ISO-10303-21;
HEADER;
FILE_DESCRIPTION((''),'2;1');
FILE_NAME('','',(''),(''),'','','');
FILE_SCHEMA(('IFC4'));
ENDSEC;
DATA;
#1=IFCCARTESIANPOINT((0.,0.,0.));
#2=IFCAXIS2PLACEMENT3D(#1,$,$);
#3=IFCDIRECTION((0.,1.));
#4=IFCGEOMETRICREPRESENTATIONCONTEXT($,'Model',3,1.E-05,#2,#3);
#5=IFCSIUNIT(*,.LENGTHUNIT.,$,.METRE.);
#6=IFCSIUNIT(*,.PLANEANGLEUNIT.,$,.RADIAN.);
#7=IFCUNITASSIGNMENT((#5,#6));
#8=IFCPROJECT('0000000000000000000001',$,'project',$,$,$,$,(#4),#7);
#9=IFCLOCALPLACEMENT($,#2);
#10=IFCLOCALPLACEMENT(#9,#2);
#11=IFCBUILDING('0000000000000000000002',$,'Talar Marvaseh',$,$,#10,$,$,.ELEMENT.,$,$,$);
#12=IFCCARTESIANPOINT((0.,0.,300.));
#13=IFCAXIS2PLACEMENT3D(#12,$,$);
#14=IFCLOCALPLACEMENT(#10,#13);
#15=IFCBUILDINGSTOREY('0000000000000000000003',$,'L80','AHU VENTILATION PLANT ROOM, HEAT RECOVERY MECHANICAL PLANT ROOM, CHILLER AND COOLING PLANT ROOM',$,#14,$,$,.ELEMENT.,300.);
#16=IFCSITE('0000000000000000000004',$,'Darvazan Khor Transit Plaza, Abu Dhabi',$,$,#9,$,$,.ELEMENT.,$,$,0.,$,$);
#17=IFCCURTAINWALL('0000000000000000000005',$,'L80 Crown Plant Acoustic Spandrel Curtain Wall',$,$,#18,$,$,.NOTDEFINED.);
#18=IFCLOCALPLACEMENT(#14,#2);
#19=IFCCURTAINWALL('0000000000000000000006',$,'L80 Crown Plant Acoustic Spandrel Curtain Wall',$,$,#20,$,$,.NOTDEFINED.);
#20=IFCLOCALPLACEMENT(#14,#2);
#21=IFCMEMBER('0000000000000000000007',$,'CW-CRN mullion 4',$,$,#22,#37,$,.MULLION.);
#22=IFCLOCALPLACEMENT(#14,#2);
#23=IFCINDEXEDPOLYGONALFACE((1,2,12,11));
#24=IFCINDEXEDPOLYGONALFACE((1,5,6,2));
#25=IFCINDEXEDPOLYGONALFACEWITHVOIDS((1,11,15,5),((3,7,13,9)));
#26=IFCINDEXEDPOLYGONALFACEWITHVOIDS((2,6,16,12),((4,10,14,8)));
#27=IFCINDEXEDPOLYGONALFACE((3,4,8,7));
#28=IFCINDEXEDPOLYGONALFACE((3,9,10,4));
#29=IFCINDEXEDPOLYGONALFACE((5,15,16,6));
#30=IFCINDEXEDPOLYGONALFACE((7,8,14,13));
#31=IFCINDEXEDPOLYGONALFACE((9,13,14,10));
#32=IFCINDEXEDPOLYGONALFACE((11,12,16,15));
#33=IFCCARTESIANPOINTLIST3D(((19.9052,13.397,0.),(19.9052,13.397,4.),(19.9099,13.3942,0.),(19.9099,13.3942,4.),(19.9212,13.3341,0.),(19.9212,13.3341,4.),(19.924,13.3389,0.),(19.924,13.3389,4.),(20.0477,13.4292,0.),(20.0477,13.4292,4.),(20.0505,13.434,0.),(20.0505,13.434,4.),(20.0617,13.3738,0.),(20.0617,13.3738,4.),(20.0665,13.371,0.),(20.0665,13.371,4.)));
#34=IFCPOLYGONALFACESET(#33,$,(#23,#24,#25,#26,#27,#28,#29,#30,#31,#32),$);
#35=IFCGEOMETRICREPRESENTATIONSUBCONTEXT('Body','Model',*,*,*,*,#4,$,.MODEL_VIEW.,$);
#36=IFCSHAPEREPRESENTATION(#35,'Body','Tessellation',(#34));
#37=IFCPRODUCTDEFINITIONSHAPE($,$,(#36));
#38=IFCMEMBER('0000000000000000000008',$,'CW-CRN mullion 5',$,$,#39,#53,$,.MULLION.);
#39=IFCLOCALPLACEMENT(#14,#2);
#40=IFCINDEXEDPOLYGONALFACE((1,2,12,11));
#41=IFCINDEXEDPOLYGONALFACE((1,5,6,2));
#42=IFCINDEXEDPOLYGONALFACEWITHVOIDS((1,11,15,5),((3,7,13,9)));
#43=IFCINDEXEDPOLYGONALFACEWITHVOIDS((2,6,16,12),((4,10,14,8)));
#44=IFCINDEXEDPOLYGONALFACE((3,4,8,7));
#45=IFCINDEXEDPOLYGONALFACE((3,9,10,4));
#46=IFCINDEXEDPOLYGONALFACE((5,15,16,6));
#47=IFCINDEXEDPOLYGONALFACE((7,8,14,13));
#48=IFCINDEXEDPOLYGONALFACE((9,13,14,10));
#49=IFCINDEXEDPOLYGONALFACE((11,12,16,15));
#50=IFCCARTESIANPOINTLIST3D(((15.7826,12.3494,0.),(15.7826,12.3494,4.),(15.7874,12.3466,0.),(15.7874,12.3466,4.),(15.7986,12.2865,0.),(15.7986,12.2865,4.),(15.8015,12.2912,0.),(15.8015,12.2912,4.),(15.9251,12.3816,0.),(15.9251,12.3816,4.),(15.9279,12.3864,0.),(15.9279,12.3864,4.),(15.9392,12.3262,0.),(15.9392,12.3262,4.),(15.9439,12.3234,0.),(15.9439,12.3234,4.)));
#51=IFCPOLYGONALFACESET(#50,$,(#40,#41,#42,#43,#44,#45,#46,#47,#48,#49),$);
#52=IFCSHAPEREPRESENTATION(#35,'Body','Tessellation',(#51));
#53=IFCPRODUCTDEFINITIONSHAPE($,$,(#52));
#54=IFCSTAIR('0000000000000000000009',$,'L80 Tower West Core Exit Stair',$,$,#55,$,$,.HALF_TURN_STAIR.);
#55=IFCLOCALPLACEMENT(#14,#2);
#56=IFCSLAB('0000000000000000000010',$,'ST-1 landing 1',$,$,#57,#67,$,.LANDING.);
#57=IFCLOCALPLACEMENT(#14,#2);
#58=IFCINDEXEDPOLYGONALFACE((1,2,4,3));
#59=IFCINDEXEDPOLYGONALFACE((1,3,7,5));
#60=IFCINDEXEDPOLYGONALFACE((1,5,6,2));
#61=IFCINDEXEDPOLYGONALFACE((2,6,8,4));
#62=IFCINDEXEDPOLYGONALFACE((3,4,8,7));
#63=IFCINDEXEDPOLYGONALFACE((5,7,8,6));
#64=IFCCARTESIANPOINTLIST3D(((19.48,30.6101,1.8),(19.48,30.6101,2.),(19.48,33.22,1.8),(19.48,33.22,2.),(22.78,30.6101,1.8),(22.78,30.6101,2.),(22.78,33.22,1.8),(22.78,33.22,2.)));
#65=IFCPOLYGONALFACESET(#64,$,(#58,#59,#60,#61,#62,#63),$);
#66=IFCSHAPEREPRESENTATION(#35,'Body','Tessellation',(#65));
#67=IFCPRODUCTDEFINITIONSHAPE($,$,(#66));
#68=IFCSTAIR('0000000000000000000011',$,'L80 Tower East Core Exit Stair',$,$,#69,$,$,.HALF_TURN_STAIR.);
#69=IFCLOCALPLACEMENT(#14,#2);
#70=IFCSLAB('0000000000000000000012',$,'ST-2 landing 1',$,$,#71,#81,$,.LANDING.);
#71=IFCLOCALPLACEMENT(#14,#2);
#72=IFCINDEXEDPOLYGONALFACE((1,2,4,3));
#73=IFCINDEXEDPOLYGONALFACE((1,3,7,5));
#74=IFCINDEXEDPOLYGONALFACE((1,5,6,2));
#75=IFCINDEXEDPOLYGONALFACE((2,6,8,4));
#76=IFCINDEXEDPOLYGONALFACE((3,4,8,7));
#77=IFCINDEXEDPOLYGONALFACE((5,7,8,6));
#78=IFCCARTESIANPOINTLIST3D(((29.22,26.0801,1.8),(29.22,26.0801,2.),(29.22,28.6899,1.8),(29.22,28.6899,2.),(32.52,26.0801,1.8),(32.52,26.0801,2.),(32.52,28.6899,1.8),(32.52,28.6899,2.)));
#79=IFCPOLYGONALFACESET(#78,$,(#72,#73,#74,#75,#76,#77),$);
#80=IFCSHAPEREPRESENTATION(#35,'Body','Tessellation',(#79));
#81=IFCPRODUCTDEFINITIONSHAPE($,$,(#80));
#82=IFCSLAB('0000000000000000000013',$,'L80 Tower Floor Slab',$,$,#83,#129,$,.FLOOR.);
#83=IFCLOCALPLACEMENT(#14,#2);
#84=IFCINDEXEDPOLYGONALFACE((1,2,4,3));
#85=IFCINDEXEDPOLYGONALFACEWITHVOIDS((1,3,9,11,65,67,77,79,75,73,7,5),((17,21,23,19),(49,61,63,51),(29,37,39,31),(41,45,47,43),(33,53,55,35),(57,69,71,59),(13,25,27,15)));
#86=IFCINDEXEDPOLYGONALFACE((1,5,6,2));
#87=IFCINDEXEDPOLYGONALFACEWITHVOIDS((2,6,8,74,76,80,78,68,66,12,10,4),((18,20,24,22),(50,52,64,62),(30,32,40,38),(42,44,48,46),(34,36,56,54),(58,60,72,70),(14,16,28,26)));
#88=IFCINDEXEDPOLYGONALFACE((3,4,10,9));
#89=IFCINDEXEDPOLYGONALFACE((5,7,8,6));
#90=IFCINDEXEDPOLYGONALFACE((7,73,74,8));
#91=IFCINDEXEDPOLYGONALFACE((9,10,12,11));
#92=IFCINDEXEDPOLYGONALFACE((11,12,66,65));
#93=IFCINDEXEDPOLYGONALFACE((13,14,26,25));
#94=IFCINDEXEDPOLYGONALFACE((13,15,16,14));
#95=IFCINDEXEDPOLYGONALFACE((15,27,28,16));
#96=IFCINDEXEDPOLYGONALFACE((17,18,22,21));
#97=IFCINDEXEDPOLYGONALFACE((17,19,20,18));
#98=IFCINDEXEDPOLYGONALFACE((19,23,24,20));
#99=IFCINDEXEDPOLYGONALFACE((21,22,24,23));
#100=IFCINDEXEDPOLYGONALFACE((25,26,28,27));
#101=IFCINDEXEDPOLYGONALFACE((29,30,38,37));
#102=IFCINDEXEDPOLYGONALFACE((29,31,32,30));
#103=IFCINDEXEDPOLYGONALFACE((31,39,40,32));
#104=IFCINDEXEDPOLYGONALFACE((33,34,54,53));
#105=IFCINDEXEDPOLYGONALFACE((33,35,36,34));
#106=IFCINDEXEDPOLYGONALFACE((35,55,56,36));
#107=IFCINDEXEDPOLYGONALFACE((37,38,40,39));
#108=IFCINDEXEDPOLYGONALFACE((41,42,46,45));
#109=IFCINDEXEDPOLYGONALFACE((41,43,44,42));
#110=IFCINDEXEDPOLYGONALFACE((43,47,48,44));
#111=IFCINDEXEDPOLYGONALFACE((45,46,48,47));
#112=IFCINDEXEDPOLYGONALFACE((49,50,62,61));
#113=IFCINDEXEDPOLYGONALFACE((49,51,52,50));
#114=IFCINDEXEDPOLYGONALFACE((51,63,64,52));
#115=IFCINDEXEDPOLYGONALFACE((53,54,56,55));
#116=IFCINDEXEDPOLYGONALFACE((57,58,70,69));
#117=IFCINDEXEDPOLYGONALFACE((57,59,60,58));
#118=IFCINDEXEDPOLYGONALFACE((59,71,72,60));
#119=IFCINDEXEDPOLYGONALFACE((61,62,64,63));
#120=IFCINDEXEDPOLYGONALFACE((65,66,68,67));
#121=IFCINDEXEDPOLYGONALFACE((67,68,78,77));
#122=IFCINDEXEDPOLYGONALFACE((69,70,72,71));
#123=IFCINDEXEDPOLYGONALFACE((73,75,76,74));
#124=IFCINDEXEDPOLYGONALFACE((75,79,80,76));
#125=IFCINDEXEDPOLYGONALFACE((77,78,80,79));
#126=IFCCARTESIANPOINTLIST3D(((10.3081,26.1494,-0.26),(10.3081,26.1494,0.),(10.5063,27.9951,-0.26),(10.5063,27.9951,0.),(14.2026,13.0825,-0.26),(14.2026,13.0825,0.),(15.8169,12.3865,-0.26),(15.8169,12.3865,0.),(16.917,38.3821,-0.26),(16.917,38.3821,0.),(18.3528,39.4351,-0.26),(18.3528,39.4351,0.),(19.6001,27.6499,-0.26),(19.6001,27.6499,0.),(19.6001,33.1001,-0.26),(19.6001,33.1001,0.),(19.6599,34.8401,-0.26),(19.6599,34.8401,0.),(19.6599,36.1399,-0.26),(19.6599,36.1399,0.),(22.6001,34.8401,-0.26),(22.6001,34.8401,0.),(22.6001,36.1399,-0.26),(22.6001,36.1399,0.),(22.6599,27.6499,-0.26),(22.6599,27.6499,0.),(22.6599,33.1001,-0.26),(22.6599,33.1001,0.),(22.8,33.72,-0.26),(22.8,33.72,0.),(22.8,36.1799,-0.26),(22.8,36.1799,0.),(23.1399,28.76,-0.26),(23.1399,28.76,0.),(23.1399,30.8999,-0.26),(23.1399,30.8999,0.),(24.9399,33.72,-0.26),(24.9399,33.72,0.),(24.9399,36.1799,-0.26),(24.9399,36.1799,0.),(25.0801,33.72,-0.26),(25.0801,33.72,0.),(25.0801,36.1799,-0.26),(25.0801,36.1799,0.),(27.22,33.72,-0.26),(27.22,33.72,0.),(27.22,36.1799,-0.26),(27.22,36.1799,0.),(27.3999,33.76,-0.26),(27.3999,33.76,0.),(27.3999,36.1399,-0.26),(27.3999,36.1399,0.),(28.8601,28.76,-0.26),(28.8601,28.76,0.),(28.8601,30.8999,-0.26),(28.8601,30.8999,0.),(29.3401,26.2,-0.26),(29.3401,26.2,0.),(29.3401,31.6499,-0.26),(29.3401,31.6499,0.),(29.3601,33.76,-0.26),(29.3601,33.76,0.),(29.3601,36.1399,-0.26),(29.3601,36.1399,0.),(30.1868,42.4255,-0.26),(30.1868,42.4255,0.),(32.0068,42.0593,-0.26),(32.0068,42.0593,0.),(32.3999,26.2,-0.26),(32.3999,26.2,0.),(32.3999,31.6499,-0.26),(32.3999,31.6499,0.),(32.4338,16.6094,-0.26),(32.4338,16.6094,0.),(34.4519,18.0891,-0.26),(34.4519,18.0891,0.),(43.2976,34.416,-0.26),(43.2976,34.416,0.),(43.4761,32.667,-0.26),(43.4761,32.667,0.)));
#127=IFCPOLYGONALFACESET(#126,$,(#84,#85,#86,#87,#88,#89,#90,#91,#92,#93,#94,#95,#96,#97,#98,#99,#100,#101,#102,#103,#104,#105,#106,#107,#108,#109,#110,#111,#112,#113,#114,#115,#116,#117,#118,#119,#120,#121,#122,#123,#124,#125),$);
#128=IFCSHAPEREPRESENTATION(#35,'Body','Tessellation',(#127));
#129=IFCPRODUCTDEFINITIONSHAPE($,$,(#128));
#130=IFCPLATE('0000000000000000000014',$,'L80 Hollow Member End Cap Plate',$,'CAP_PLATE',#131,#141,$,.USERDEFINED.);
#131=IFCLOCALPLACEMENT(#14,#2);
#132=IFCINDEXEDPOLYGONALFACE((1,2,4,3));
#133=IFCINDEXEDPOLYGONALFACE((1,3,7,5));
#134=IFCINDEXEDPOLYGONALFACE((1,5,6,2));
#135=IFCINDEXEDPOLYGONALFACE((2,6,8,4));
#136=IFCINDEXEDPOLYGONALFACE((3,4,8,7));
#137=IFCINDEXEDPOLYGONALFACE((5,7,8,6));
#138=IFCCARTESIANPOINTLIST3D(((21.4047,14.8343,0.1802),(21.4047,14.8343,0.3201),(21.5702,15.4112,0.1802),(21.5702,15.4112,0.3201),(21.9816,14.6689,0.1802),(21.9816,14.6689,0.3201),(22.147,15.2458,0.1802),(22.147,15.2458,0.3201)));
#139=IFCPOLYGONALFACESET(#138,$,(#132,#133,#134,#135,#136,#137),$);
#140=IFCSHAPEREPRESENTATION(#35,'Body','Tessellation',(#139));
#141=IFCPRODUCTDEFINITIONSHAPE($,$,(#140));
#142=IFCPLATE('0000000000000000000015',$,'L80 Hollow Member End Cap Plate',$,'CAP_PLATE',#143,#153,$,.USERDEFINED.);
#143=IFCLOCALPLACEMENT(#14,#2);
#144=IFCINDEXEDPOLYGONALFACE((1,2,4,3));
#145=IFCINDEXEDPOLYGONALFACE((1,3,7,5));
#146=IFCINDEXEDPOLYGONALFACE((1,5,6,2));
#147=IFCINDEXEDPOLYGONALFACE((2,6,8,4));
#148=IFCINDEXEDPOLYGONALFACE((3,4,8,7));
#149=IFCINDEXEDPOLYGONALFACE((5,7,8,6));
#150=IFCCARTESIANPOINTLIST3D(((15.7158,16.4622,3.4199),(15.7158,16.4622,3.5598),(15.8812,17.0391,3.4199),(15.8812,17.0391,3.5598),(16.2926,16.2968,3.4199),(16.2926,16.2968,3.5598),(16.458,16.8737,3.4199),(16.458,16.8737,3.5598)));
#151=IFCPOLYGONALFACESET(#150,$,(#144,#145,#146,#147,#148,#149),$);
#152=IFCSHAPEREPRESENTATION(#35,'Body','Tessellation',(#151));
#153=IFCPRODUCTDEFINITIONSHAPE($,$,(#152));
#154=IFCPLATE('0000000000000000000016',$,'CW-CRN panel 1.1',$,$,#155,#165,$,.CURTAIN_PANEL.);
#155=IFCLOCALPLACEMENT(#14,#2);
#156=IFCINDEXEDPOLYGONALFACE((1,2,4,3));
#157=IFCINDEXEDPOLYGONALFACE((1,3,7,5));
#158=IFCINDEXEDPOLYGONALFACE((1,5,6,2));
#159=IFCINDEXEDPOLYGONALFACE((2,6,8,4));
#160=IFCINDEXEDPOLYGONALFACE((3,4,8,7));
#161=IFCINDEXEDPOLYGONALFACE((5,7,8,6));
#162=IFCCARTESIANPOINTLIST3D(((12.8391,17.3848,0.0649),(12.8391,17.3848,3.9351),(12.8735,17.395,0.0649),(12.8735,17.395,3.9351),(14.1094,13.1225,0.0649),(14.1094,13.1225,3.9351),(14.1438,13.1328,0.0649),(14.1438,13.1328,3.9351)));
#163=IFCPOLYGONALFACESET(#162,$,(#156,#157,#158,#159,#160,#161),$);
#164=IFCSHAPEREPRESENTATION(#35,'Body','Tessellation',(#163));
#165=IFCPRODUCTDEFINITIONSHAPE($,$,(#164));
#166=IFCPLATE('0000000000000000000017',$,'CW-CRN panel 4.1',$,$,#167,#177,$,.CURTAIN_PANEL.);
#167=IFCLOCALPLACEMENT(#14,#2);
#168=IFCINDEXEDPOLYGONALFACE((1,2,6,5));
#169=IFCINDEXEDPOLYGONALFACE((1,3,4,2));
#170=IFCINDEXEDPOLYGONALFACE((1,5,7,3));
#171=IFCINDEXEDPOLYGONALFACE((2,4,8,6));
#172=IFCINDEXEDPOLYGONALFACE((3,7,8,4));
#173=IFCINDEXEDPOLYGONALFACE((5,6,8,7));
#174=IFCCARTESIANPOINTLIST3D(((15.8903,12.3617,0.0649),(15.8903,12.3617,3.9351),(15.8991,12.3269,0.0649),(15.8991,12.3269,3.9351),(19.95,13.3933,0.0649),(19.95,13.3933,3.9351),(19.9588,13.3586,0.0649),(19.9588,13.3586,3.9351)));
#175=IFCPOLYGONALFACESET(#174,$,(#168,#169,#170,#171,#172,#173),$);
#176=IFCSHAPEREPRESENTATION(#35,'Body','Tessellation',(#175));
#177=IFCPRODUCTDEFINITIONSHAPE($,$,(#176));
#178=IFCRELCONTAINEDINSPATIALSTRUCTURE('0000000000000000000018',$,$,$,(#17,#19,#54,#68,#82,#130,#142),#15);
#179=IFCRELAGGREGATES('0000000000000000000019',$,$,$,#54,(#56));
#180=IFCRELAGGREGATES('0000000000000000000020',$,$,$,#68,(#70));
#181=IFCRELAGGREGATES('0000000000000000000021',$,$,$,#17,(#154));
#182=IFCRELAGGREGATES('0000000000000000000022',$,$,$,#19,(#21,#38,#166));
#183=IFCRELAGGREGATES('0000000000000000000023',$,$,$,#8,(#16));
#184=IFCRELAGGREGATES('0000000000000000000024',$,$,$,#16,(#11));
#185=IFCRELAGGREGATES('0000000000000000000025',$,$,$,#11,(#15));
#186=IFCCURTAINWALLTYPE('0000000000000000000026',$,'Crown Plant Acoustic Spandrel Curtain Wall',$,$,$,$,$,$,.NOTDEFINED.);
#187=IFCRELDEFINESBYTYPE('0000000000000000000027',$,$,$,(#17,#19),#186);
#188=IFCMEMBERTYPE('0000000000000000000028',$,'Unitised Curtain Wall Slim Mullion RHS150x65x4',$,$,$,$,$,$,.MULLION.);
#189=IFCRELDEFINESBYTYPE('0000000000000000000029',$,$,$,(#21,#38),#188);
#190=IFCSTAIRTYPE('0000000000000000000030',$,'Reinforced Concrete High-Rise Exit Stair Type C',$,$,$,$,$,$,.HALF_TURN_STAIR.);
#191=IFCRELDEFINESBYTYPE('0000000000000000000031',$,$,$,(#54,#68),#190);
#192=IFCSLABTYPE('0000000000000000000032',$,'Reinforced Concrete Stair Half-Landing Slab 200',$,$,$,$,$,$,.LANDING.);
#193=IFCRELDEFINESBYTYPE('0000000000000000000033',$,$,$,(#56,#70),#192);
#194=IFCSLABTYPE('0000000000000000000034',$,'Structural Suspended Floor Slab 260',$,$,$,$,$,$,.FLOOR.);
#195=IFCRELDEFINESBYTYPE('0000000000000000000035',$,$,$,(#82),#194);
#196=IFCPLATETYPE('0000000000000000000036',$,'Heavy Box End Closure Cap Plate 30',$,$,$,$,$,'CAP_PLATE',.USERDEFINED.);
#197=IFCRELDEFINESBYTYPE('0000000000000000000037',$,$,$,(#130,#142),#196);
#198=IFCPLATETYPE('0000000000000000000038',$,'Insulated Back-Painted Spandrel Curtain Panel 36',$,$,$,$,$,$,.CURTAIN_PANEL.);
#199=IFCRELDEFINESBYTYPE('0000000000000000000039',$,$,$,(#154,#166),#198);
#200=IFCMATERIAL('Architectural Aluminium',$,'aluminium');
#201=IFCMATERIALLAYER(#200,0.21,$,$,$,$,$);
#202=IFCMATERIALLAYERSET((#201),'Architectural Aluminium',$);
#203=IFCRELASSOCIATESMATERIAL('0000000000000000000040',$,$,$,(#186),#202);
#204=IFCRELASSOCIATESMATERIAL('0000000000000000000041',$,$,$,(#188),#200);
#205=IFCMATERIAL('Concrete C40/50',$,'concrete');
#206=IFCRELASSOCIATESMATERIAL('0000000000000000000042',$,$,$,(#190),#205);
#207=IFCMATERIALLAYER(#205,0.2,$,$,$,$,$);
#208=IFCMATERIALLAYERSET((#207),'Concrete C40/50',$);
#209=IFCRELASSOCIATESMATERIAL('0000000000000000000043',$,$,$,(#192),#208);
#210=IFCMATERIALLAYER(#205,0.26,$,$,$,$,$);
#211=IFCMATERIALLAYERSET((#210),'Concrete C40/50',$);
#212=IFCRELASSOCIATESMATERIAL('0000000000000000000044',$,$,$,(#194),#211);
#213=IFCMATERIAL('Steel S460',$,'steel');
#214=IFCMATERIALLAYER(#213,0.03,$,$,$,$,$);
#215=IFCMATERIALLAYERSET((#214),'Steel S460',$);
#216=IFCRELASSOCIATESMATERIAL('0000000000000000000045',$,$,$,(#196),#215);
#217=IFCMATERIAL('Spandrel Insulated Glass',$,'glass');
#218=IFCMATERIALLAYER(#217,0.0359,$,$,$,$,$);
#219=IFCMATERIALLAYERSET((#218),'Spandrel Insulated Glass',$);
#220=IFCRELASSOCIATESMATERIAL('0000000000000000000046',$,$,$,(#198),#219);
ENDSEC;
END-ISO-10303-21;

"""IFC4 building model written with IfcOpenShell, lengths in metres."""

from ifc_helpers import new_model, si_unit, direction, frame, origin, origin_2d, place, context, subcontext, project, spatial, polyline, rectangle, hollow_rectangle, outline, extrude, source, transform, mapped, material, layer, layer_set, material_profile, profile_set, type_object, type_shapes, element, aggregate, save


model = new_model("IFC4")

# Units and contexts
model_context = context("Model", 3, precision=1e-05, world=origin(), true_north=direction((0.0, 1.0)))
body_context = subcontext(model_context, "Body", "Model", "MODEL_VIEW")
ifc_project = project(units=[si_unit("LENGTHUNIT", "METRE"), si_unit("PLANEANGLEUNIT", "RADIAN")], contexts=[model_context])

# Site, building, storey
site_placement = place(None, origin())
site = spatial("IfcSite", under=ifc_project, at=site_placement, Name="Darvazan Khor Transit Plaza, Abu Dhabi", CompositionType="ELEMENT", RefElevation=0.0)
building_placement = place(site_placement, origin())
building = spatial("IfcBuilding", under=site, at=building_placement, Name="Talar Marvaseh", CompositionType="ELEMENT")
storey_placement = place(building_placement, frame((0.0, 0.0, 300.0)))
storey = spatial("IfcBuildingStorey", under=building, at=storey_placement, Name="L80", Description="AHU VENTILATION PLANT ROOM, HEAT RECOVERY MECHANICAL PLANT ROOM, CHILLER AND COOLING PLANT ROOM", CompositionType="ELEMENT", Elevation=300.0)

# Shared definitions
ifc_material_1 = material(Name="Steel S460", Category="steel")

# Curtain walls
ifc_material_2 = material(Name="Architectural Aluminium", Category="aluminium")
ifc_layer_1 = layer(ifc_material_2, 0.21)
ifc_layer_set_1 = layer_set([ifc_layer_1], Name="Architectural Aluminium")
curtain_wall_type = type_object("IfcCurtainWallType", Name="Crown Plant Acoustic Spandrel Curtain Wall", PredefinedType="NOTDEFINED", material=ifc_layer_set_1)
curtain_wall_1_placement = place(storey_placement, origin())
curtain_wall_1 = element("IfcCurtainWall", 1, at=curtain_wall_1_placement, inside=storey, type_object=curtain_wall_type, Name="L80 Crown Plant Acoustic Spandrel Curtain Wall", PredefinedType="NOTDEFINED")
curtain_wall_2_placement = place(storey_placement, origin())
curtain_wall_2 = element("IfcCurtainWall", 2, at=curtain_wall_2_placement, inside=storey, type_object=curtain_wall_type, Name="L80 Crown Plant Acoustic Spandrel Curtain Wall", PredefinedType="NOTDEFINED")

# Members
ifc_material_profile_1 = material_profile(ifc_material_2, hollow_rectangle(XDim=0.0649, YDim=0.1499, WallThickness=0.0039, at=origin_2d()), Name="RHS150x65x4")
ifc_profile_set_1 = profile_set([ifc_material_profile_1], Name="Architectural Aluminium")
member_type_1 = type_object("IfcMemberType", Name="Unitised Curtain Wall Slim Mullion RHS150x65x4", PredefinedType="MULLION", material=ifc_profile_set_1)
shared_shape_1 = source(origin(), body_context, "Body", "SweptSolid", [
    extrude(hollow_rectangle(XDim=0.0649, YDim=0.1499, WallThickness=0.0039, at=origin_2d()), origin(), (0.0, 0.0, 1.0), 4.0),
])
type_shapes(member_type_1, [shared_shape_1])
member_1_placement = place(storey_placement, frame((19.9858, 13.384, 0.0), z_axis=(0.0, 0.0, 1.0), x_axis=(0.246304, -0.969193, 0.0)))
member_1 = element("IfcMember", 3, at=member_1_placement, type_object=member_type_1, Name="CW-CRN mullion 4", PredefinedType="MULLION", context=body_context, shape_type="MappedRepresentation", body=[
    mapped(shared_shape_1, transform((0.0, 0.0, 0.0), x_axis=(1.0, 0.0, 0.0), y_axis=(0.0, 1.0, 0.0), z_axis=(0.0, 0.0, 1.0), scale=1.0)),
])
member_2_placement = place(storey_placement, frame((15.8633, 12.3364, 0.0), z_axis=(0.0, 0.0, 1.0), x_axis=(0.246304, -0.969193, 0.0)))
member_2 = element("IfcMember", 4, at=member_2_placement, type_object=member_type_1, Name="CW-CRN mullion 5", PredefinedType="MULLION", context=body_context, shape_type="MappedRepresentation", body=[
    mapped(shared_shape_1, transform((0.0, 0.0, 0.0), x_axis=(1.0, 0.0, 0.0), y_axis=(0.0, 1.0, 0.0), z_axis=(0.0, 0.0, 1.0), scale=1.0)),
])

# Stairs, slabs
ifc_material_3 = material(Name="Concrete C40/50", Category="concrete")
stair_type = type_object("IfcStairType", Name="Reinforced Concrete High-Rise Exit Stair Type C", PredefinedType="HALF_TURN_STAIR", material=ifc_material_3)
stair_1_placement = place(storey_placement, origin())
stair_1 = element("IfcStair", 5, at=stair_1_placement, inside=storey, type_object=stair_type, Name="L80 Tower West Core Exit Stair", PredefinedType="HALF_TURN_STAIR")
ifc_layer_2 = layer(ifc_material_3, 0.2)
ifc_layer_set_2 = layer_set([ifc_layer_2], Name="Concrete C40/50")
slab_type_1 = type_object("IfcSlabType", Name="Reinforced Concrete Stair Half-Landing Slab 200", PredefinedType="LANDING", material=ifc_layer_set_2)
slab_1_placement = place(storey_placement, frame((0.0, 0.0, 1.8)))
slab_1 = element("IfcSlab", 6, at=slab_1_placement, type_object=slab_type_1, Name="ST-1 landing 1", PredefinedType="LANDING", context=body_context, shape_type="SweptSolid", body=[
    extrude(outline(polyline([(22.78, 30.6101), (22.78, 33.22), (19.48, 33.22), (19.48, 30.6101), (22.78, 30.6101)])), origin(), (0.0, 0.0, 1.0), 0.2),
])
aggregate(stair_1, [slab_1])
stair_2_placement = place(storey_placement, origin())
stair_2 = element("IfcStair", 7, at=stair_2_placement, inside=storey, type_object=stair_type, Name="L80 Tower East Core Exit Stair", PredefinedType="HALF_TURN_STAIR")
slab_2_placement = place(storey_placement, frame((0.0, 0.0, 1.8)))
slab_2 = element("IfcSlab", 8, at=slab_2_placement, type_object=slab_type_1, Name="ST-2 landing 1", PredefinedType="LANDING", context=body_context, shape_type="SweptSolid", body=[
    extrude(outline(polyline([(29.22, 28.6899), (29.22, 26.0801), (32.52, 26.0801), (32.52, 28.6899), (29.22, 28.6899)])), origin(), (0.0, 0.0, 1.0), 0.2),
])
aggregate(stair_2, [slab_2])

# Slab
ifc_layer_3 = layer(ifc_material_3, 0.26)
ifc_layer_set_3 = layer_set([ifc_layer_3], Name="Concrete C40/50")
slab_type_2 = type_object("IfcSlabType", Name="Structural Suspended Floor Slab 260", PredefinedType="FLOOR", material=ifc_layer_set_3)
slab_3_placement = place(storey_placement, frame((0.0, 0.0, -0.26)))
element("IfcSlab", 9, at=slab_3_placement, inside=storey, type_object=slab_type_2, Name="L80 Tower Floor Slab", PredefinedType="FLOOR", context=body_context, shape_type="SweptSolid", body=[
    extrude(outline(polyline([(15.8169, 12.3865), (14.2026, 13.0825), (10.3081, 26.1494), (10.5063, 27.9951), (16.917, 38.3821), (18.3528, 39.4351), (30.1868, 42.4255), (32.0068, 42.0593), (43.2976, 34.416), (43.4761, 32.667), (34.4519, 18.0891), (32.4338, 16.6094), (15.8169, 12.3865)]), holes=[polyline([(22.6599, 27.6499), (22.6599, 33.1001), (19.6001, 33.1001), (19.6001, 27.6499), (22.6599, 27.6499)]), polyline([(29.3401, 31.6499), (29.3401, 26.2), (32.3999, 26.2), (32.3999, 31.6499), (29.3401, 31.6499)]), polyline([(22.8, 33.72), (24.9399, 33.72), (24.9399, 36.1799), (22.8, 36.1799), (22.8, 33.72)]), polyline([(25.0801, 33.72), (27.22, 33.72), (27.22, 36.1799), (25.0801, 36.1799), (25.0801, 33.72)]), polyline([(19.6599, 34.8401), (22.6001, 34.8401), (22.6001, 36.1399), (19.6599, 36.1399), (19.6599, 34.8401)]), polyline([(27.3999, 33.76), (29.3601, 33.76), (29.3601, 36.1399), (27.3999, 36.1399), (27.3999, 33.76)]), polyline([(23.1399, 28.76), (28.8601, 28.76), (28.8601, 30.8999), (23.1399, 30.8999), (23.1399, 28.76)])]), origin(), (0.0, 0.0, 1.0), 0.26),
])

# Plates
ifc_layer_4 = layer(ifc_material_1, 0.03)
ifc_layer_set_4 = layer_set([ifc_layer_4], Name="Steel S460")
plate_type_1 = type_object("IfcPlateType", Name="Heavy Box End Closure Cap Plate 30", ElementType="CAP_PLATE", PredefinedType="USERDEFINED", material=ifc_layer_set_4)
shared_shape_2 = source(origin(), body_context, "Body", "SweptSolid", [
    extrude(rectangle(XDim=0.6001, YDim=0.6001, at=origin_2d()), origin(), (0.0, 0.0, 1.0), 0.1399),
])
type_shapes(plate_type_1, [shared_shape_2])
for number, where, z_axis, x_axis, name in (
    (10, (21.7759, 15.04, 0.1802), (0.0, 0.0, 1.0), (-0.961262, 0.275637, 0.0), "L80 Hollow Member End Cap Plate"),
    (11, (16.0869, 16.668, 3.4199), (0.0, 0.0, 1.0), (-0.961262, 0.275637, 0.0), "L80 Hollow Member End Cap Plate"),
):
    element("IfcPlate", number, at=place(storey_placement, frame(where, z_axis=z_axis, x_axis=x_axis)), inside=storey, type_object=plate_type_1, Name=name, ObjectType="CAP_PLATE", PredefinedType="USERDEFINED", context=body_context, shape_type="MappedRepresentation", body=[
        mapped(shared_shape_2, transform((0.0, 0.0, 0.0), x_axis=(1.0, 0.0, 0.0), y_axis=(0.0, 1.0, 0.0), z_axis=(0.0, 0.0, 1.0), scale=1.0)),
    ])

# Plates
ifc_material_4 = material(Name="Spandrel Insulated Glass", Category="glass")
ifc_layer_5 = layer(ifc_material_4, 0.0359)
ifc_layer_set_5 = layer_set([ifc_layer_5], Name="Spandrel Insulated Glass")
plate_type_2 = type_object("IfcPlateType", Name="Insulated Back-Painted Spandrel Curtain Panel 36", PredefinedType="CURTAIN_PANEL", material=ifc_layer_set_5)
shared_shape_3 = source(origin(), body_context, "Body", "SweptSolid", [
    extrude(rectangle(XDim=4.4475, YDim=0.0359, at=origin_2d()), origin(), (0.0, 0.0, 1.0), 3.8701),
])
plate_1_placement = place(storey_placement, frame((13.4915, 15.2588, 0.0649), z_axis=(0.0, 0.0, 1.0), x_axis=(-0.285624, 0.958342, 0.0)))
plate_1 = element("IfcPlate", 12, at=plate_1_placement, type_object=plate_type_2, Name="CW-CRN panel 1.1", PredefinedType="CURTAIN_PANEL", context=body_context, shape_type="MappedRepresentation", body=[
    mapped(shared_shape_3, transform((0.0, 0.0, 0.0), x_axis=(1.0, 0.0, 0.0), y_axis=(0.0, 1.0, 0.0), z_axis=(0.0, 0.0, 1.0), scale=1.0)),
])
aggregate(curtain_wall_1, [plate_1])
shared_shape_4 = source(origin(), body_context, "Body", "SweptSolid", [
    extrude(rectangle(XDim=4.1887, YDim=0.0359, at=origin_2d()), origin(), (0.0, 0.0, 1.0), 3.8701),
])
plate_2_placement = place(storey_placement, frame((17.9246, 12.8601, 0.0649), z_axis=(0.0, 0.0, 1.0), x_axis=(-0.969193, -0.246304, 0.0)))
plate_2 = element("IfcPlate", 13, at=plate_2_placement, type_object=plate_type_2, Name="CW-CRN panel 4.1", PredefinedType="CURTAIN_PANEL", context=body_context, shape_type="MappedRepresentation", body=[
    mapped(shared_shape_4, transform((0.0, 0.0, 0.0), x_axis=(1.0, 0.0, 0.0), y_axis=(0.0, 1.0, 0.0), z_axis=(0.0, 0.0, 1.0), scale=1.0)),
])
aggregate(curtain_wall_2, [member_1, member_2, plate_2])

save(model, "model.ifc")
